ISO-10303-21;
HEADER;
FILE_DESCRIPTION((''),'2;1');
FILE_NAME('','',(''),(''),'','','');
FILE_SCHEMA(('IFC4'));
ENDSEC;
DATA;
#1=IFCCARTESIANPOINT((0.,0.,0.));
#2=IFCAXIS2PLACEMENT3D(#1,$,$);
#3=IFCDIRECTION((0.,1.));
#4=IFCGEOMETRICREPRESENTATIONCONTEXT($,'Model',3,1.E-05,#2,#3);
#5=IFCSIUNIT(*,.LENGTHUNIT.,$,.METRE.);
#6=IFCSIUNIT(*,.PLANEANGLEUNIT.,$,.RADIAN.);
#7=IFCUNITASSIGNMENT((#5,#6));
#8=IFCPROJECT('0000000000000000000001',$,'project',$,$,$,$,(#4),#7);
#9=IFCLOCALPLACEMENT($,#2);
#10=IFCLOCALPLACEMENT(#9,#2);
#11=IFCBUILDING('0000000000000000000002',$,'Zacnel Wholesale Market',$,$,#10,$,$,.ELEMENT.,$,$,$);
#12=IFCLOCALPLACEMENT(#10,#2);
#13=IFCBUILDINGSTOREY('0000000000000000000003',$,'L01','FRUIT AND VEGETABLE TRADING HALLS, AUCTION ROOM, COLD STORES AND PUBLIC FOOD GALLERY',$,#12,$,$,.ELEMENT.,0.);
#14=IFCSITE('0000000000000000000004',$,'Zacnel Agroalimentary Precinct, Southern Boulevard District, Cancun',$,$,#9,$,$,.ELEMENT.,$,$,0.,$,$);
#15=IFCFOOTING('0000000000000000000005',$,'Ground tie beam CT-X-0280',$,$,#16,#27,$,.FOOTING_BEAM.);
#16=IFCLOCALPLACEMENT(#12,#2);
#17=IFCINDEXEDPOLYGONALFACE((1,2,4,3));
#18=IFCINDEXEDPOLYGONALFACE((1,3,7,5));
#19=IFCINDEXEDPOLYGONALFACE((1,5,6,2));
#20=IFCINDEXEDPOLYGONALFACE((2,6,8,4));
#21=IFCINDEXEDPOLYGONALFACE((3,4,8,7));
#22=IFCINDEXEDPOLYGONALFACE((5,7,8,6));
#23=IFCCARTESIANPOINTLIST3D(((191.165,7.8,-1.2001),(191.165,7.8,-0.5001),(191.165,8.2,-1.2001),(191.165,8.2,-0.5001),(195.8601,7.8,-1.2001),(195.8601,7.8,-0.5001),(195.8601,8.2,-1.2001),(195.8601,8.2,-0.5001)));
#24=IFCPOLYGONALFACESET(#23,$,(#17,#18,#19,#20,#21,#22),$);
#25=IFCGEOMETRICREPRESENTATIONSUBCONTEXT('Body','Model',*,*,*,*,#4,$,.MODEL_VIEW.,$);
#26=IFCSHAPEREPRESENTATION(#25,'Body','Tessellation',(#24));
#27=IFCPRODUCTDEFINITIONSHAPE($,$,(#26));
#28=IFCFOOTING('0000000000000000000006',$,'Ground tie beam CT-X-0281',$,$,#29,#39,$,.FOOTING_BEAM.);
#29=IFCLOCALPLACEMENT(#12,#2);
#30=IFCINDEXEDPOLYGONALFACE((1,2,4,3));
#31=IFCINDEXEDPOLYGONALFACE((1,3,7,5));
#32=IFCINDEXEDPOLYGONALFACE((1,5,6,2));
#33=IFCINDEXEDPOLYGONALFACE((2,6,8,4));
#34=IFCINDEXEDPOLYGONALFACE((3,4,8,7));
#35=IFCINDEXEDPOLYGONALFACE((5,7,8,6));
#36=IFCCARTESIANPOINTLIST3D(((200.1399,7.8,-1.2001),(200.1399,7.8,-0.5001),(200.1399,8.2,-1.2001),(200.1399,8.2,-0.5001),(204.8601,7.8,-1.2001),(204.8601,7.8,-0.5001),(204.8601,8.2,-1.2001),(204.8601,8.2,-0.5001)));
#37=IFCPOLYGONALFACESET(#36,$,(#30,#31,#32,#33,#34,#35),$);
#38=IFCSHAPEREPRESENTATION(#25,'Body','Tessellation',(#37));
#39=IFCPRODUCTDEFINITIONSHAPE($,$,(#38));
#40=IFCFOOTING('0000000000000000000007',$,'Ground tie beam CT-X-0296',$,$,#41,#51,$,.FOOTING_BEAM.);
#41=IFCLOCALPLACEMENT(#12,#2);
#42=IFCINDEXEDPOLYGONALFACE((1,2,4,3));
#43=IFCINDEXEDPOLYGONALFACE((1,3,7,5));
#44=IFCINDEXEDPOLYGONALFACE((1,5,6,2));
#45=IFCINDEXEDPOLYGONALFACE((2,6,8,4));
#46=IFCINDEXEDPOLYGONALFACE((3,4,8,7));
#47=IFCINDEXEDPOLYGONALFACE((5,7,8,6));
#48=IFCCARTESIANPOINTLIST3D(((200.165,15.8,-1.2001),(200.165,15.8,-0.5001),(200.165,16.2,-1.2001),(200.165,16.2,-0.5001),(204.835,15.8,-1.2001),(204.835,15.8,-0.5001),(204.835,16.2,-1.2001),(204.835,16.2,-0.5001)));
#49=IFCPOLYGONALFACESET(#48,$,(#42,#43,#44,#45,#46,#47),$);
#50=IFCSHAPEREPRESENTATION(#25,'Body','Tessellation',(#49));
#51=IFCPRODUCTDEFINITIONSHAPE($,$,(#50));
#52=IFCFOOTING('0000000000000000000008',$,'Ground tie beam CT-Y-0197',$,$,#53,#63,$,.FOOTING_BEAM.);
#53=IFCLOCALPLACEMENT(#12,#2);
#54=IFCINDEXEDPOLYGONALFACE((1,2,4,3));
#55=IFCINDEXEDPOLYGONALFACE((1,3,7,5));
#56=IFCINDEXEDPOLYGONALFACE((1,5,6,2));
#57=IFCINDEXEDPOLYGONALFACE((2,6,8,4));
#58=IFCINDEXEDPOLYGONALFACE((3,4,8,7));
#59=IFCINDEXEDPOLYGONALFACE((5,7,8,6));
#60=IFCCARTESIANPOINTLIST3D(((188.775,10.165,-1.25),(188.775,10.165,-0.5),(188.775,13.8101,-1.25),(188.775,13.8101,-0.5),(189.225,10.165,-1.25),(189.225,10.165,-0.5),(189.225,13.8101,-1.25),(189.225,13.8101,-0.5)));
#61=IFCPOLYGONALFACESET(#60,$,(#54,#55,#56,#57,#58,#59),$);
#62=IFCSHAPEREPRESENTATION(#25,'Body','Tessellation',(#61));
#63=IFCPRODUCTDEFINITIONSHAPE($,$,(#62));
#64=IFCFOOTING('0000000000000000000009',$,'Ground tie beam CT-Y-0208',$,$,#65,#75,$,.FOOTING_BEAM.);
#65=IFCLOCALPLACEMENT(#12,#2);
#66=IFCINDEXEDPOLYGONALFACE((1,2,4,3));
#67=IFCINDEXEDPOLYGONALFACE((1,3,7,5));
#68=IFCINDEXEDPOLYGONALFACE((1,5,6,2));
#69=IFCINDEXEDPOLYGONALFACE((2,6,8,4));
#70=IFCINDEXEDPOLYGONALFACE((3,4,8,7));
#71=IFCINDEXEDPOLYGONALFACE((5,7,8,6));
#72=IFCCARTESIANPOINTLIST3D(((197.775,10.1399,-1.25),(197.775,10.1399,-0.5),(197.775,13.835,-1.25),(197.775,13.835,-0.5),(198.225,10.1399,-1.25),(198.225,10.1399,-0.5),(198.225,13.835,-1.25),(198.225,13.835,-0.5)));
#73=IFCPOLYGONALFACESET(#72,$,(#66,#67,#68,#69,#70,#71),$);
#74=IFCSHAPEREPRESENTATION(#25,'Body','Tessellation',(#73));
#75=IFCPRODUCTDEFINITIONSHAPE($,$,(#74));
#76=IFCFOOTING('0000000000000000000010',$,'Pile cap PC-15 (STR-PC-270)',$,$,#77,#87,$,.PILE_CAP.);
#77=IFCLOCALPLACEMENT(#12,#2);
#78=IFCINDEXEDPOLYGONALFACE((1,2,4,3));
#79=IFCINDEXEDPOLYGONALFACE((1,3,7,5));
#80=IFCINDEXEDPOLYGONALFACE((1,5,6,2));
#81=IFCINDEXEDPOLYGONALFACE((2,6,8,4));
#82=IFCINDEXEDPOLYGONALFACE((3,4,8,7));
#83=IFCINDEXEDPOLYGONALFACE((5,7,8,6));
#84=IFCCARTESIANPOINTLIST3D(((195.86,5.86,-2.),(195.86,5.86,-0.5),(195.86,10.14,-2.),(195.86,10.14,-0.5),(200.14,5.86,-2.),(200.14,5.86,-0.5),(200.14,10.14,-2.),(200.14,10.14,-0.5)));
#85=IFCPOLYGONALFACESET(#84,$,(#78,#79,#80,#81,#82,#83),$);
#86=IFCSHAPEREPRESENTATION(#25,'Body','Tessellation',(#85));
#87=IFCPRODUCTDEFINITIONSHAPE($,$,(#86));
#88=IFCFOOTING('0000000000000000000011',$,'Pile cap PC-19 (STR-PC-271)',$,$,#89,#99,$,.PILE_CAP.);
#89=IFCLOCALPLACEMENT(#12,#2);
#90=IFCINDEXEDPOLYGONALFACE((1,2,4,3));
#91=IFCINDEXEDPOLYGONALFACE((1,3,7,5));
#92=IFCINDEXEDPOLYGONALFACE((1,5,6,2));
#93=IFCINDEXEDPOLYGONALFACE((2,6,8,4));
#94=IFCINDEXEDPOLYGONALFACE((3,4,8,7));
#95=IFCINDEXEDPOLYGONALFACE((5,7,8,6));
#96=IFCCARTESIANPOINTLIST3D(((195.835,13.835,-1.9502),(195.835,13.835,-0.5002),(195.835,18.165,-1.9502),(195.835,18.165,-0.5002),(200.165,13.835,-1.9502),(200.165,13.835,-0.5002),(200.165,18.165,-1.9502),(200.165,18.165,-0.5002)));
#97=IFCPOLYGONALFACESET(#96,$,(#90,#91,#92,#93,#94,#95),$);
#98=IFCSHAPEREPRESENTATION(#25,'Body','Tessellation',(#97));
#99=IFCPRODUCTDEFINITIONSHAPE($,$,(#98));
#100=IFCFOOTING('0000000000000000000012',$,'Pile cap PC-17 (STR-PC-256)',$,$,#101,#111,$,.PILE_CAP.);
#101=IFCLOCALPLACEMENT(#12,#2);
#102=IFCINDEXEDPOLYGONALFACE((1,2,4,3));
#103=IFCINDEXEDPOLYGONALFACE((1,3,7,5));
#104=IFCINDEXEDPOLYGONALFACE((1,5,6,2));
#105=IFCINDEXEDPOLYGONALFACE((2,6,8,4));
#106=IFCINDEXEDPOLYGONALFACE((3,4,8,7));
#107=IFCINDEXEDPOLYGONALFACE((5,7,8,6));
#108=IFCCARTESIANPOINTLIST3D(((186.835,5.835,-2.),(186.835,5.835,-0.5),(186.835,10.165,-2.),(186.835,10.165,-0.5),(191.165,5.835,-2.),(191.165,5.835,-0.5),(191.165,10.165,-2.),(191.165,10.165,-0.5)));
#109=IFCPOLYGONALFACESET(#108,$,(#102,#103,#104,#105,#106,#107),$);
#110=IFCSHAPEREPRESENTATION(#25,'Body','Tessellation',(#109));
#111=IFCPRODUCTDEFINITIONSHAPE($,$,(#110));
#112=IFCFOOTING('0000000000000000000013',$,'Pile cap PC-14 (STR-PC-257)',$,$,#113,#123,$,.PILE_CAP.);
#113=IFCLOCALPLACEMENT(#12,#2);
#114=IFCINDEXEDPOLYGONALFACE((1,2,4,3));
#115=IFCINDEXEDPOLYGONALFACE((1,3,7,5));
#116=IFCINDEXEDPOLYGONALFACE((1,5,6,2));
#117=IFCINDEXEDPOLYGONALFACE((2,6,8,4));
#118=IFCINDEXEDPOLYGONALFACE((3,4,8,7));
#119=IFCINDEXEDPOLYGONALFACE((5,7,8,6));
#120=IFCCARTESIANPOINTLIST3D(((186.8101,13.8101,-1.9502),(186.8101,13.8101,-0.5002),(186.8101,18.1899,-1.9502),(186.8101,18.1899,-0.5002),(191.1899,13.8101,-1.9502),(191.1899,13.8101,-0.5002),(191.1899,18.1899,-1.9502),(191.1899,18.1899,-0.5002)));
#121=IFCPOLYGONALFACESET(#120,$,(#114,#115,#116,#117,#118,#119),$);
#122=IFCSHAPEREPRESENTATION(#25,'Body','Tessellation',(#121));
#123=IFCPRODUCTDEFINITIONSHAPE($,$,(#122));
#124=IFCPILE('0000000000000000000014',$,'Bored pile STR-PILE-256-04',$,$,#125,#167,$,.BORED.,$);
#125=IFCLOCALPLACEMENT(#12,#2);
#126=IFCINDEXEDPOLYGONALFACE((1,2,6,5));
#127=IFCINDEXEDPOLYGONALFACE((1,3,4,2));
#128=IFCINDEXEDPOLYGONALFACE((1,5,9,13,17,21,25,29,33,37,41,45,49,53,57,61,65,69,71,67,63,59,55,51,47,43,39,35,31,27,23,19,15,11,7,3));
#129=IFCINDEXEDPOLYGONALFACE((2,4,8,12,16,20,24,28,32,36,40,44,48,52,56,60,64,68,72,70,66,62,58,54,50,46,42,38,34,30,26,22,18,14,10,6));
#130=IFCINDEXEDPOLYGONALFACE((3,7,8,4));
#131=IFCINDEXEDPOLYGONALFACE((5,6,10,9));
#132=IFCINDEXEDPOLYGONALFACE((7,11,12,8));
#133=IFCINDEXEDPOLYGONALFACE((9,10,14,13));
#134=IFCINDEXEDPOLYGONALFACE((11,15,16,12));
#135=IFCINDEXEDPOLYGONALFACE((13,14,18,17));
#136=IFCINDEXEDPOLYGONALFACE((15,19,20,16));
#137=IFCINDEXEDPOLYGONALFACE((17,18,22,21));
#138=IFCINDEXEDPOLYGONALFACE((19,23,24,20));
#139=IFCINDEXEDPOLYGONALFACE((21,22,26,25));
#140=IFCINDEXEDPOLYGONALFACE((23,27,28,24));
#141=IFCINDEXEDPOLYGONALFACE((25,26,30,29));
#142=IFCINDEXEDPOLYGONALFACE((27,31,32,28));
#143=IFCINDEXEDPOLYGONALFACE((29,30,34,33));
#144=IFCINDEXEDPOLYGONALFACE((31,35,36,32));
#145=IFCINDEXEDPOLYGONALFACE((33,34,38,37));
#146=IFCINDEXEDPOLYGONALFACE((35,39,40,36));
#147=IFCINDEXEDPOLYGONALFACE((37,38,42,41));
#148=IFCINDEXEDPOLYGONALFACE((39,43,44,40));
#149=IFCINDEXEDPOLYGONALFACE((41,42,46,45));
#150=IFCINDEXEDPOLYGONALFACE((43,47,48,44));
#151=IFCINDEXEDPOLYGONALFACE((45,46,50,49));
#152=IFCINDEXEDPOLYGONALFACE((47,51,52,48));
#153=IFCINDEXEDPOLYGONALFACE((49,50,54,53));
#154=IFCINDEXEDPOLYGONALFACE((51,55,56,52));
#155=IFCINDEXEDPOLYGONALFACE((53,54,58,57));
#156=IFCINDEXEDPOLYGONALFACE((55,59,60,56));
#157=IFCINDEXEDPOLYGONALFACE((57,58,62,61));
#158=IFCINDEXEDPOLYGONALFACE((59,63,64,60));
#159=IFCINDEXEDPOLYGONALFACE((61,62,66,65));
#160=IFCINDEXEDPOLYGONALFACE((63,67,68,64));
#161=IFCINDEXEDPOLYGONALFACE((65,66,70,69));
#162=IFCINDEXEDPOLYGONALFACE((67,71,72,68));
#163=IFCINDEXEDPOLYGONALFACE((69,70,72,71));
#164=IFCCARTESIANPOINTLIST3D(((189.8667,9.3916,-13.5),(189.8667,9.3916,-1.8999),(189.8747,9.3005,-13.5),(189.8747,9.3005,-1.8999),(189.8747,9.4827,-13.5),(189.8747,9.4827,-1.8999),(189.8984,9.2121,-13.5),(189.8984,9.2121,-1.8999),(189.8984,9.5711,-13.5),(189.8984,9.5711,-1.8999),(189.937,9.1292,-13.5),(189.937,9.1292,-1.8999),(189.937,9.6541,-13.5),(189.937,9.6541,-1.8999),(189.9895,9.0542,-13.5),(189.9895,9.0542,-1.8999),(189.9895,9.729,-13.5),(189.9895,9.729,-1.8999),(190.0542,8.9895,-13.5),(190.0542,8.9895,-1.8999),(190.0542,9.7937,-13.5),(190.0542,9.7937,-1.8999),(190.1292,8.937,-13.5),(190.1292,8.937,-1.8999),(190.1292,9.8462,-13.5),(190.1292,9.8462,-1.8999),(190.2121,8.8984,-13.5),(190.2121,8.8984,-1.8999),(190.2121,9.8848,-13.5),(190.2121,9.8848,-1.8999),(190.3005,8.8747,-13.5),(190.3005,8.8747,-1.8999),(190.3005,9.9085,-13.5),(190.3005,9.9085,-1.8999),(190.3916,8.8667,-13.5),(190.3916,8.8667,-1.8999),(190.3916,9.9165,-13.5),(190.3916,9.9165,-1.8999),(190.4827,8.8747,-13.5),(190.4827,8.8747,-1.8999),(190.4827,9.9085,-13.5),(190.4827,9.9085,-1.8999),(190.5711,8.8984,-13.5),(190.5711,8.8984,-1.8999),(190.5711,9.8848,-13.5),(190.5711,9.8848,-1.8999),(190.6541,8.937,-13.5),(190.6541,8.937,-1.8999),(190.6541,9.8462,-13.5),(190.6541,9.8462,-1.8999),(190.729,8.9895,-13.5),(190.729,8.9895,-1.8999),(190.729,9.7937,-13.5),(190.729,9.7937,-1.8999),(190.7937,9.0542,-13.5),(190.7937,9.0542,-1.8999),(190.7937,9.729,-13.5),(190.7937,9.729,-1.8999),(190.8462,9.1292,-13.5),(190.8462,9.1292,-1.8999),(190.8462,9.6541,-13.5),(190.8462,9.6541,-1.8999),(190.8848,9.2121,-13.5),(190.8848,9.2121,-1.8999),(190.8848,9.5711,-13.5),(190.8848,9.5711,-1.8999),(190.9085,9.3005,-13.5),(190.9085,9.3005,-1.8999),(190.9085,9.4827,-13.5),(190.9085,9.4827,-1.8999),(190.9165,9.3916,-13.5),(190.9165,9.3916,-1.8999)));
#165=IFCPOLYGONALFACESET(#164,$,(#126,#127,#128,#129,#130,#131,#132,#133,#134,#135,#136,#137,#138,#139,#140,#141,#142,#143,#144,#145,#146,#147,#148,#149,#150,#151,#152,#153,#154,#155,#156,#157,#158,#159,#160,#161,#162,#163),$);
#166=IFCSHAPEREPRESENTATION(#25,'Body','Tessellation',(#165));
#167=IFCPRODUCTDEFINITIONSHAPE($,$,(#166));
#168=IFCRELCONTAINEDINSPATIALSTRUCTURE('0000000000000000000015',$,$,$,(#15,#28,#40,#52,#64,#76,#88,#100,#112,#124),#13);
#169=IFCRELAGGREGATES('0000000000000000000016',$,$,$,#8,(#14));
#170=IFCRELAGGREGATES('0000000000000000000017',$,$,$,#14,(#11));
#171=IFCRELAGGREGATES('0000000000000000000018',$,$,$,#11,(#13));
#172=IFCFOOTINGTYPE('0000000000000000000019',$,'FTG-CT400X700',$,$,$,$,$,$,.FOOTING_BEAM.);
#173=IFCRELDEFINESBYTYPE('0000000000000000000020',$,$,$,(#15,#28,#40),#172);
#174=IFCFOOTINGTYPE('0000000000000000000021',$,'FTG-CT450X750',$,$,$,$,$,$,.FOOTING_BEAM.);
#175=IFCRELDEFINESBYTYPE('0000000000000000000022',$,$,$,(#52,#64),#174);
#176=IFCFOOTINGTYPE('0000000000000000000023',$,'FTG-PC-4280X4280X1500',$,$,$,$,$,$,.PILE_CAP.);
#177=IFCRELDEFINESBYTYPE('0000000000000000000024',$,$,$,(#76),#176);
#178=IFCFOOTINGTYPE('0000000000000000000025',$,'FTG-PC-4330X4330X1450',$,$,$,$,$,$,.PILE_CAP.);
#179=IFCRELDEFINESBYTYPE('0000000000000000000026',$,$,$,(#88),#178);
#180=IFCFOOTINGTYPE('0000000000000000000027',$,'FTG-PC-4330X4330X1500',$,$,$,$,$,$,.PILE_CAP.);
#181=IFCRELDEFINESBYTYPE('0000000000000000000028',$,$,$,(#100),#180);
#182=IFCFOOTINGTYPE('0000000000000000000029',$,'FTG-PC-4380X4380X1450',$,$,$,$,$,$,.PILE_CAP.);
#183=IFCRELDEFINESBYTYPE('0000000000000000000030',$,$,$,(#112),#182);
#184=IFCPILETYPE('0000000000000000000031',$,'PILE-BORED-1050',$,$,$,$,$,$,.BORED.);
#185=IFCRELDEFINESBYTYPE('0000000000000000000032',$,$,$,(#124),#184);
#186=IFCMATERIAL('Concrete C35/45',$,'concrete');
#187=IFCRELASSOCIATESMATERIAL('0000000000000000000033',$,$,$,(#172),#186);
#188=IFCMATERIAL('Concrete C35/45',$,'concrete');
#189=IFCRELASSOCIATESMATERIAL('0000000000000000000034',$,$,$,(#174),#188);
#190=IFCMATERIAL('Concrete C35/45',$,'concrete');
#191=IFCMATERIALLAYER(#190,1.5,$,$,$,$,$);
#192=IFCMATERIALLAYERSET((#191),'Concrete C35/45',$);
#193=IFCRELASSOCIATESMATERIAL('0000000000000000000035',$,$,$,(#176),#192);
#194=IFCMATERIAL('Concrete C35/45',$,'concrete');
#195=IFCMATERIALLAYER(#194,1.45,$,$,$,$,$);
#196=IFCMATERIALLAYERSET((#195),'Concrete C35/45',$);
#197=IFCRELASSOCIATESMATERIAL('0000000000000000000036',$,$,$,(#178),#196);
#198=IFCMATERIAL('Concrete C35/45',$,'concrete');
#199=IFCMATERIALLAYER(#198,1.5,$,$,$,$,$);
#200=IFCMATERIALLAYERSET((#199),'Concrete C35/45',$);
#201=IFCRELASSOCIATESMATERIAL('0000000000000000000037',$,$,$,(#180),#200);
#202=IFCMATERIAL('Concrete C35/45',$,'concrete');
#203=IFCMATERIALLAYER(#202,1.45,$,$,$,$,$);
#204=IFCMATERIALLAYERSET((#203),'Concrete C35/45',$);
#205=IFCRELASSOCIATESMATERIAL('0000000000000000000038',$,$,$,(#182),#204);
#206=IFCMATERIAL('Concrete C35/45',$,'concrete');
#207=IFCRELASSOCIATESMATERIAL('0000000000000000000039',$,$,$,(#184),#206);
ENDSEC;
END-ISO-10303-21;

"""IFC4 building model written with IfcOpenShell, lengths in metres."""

from ifc_helpers import new_model, si_unit, direction, frame, origin, origin_2d, place, context, subcontext, project, spatial, rectangle, circle, extrude, material, layer, layer_set, material_profile, profile_set, type_object, element, save


model = new_model("IFC4")

# Units and contexts
model_context = context("Model", 3, precision=1e-05, world=origin(), true_north=direction((0.0, 1.0)))
body_context = subcontext(model_context, "Body", "Model", "MODEL_VIEW")
ifc_project = project(units=[si_unit("LENGTHUNIT", "METRE"), si_unit("PLANEANGLEUNIT", "RADIAN")], contexts=[model_context])

# Site, building, storey
site_placement = place(None, origin())
site = spatial("IfcSite", under=ifc_project, at=site_placement, Name="Zacnel Agroalimentary Precinct, Southern Boulevard District, Cancun", CompositionType="ELEMENT", RefElevation=0.0)
building_placement = place(site_placement, origin())
building = spatial("IfcBuilding", under=site, at=building_placement, Name="Zacnel Wholesale Market", CompositionType="ELEMENT")
storey_placement = place(building_placement, origin())
storey = spatial("IfcBuildingStorey", under=building, at=storey_placement, Name="L01", Description="FRUIT AND VEGETABLE TRADING HALLS, AUCTION ROOM, COLD STORES AND PUBLIC FOOD GALLERY", CompositionType="ELEMENT", Elevation=0.0)

# Footings
ifc_material_1 = material(Name="Concrete C35/45", Category="concrete")
ifc_material_profile_1 = material_profile(ifc_material_1, rectangle(XDim=0.3999, YDim=0.7, at=origin_2d()), Name="CT 400x700")
ifc_profile_set_1 = profile_set([ifc_material_profile_1], Name="Concrete C35/45")
footing_type_1 = type_object("IfcFootingType", Name="FTG-CT400X700", PredefinedType="FOOTING_BEAM", material=ifc_profile_set_1)
footing_1_placement = place(storey_placement, frame((191.165, 8.0, -0.8501), z_axis=(1.0, 0.0, 0.0), x_axis=(0.0, 1.0, 0.0)))
element("IfcFooting", 1, at=footing_1_placement, inside=storey, type_object=footing_type_1, Name="Ground tie beam CT-X-0280", PredefinedType="FOOTING_BEAM", context=body_context, shape_type="SweptSolid", body=[
    extrude(rectangle(XDim=0.3999, YDim=0.7, at=origin_2d()), origin(), (0.0, 0.0, 1.0), 4.6951),
])
footing_2_placement = place(storey_placement, frame((200.1399, 8.0, -0.8501), z_axis=(1.0, 0.0, 0.0), x_axis=(0.0, 1.0, 0.0)))
element("IfcFooting", 2, at=footing_2_placement, inside=storey, type_object=footing_type_1, Name="Ground tie beam CT-X-0281", PredefinedType="FOOTING_BEAM", context=body_context, shape_type="SweptSolid", body=[
    extrude(rectangle(XDim=0.3999, YDim=0.7, at=origin_2d()), origin(), (0.0, 0.0, 1.0), 4.7202),
])
footing_3_placement = place(storey_placement, frame((200.165, 16.0, -0.8501), z_axis=(1.0, 0.0, 0.0), x_axis=(0.0, 1.0, 0.0)))
element("IfcFooting", 3, at=footing_3_placement, inside=storey, type_object=footing_type_1, Name="Ground tie beam CT-X-0296", PredefinedType="FOOTING_BEAM", context=body_context, shape_type="SweptSolid", body=[
    extrude(rectangle(XDim=0.3999, YDim=0.7, at=origin_2d()), origin(), (0.0, 0.0, 1.0), 4.6699),
])
ifc_material_2 = material(Name="Concrete C35/45", Category="concrete")
ifc_material_profile_2 = material_profile(ifc_material_2, rectangle(XDim=0.45, YDim=0.75, at=origin_2d()), Name="CT 450x750")
ifc_profile_set_2 = profile_set([ifc_material_profile_2], Name="Concrete C35/45")
footing_type_2 = type_object("IfcFootingType", Name="FTG-CT450X750", PredefinedType="FOOTING_BEAM", material=ifc_profile_set_2)
footing_4_placement = place(storey_placement, frame((189.0, 10.165, -0.875), z_axis=(0.0, 1.0, 0.0), x_axis=(-1.0, 0.0, 0.0)))
element("IfcFooting", 4, at=footing_4_placement, inside=storey, type_object=footing_type_2, Name="Ground tie beam CT-Y-0197", PredefinedType="FOOTING_BEAM", context=body_context, shape_type="SweptSolid", body=[
    extrude(rectangle(XDim=0.45, YDim=0.75, at=origin_2d()), origin(), (0.0, 0.0, 1.0), 3.645),
])
footing_5_placement = place(storey_placement, frame((198.0, 10.1399, -0.875), z_axis=(0.0, 1.0, 0.0), x_axis=(-1.0, 0.0, 0.0)))
element("IfcFooting", 5, at=footing_5_placement, inside=storey, type_object=footing_type_2, Name="Ground tie beam CT-Y-0208", PredefinedType="FOOTING_BEAM", context=body_context, shape_type="SweptSolid", body=[
    extrude(rectangle(XDim=0.45, YDim=0.75, at=origin_2d()), origin(), (0.0, 0.0, 1.0), 3.6951),
])
ifc_material_3 = material(Name="Concrete C35/45", Category="concrete")
ifc_layer_1 = layer(ifc_material_3, 1.5)
ifc_layer_set_1 = layer_set([ifc_layer_1], Name="Concrete C35/45")
footing_type_3 = type_object("IfcFootingType", Name="FTG-PC-4280X4280X1500", PredefinedType="PILE_CAP", material=ifc_layer_set_1)
footing_6_placement = place(storey_placement, frame((198.0, 8.0, -2.0), z_axis=(0.0, 0.0, 1.0), x_axis=(1.0, 0.0, 0.0)))
element("IfcFooting", 6, at=footing_6_placement, inside=storey, type_object=footing_type_3, Name="Pile cap PC-15 (STR-PC-270)", PredefinedType="PILE_CAP", context=body_context, shape_type="SweptSolid", body=[
    extrude(rectangle(XDim=4.28, YDim=4.28, at=origin_2d()), origin(), (0.0, 0.0, 1.0), 1.5),
])
ifc_material_4 = material(Name="Concrete C35/45", Category="concrete")
ifc_layer_2 = layer(ifc_material_4, 1.45)
ifc_layer_set_2 = layer_set([ifc_layer_2], Name="Concrete C35/45")
footing_type_4 = type_object("IfcFootingType", Name="FTG-PC-4330X4330X1450", PredefinedType="PILE_CAP", material=ifc_layer_set_2)
footing_7_placement = place(storey_placement, frame((198.0, 16.0, -1.9502), z_axis=(0.0, 0.0, 1.0), x_axis=(1.0, 0.0, 0.0)))
element("IfcFooting", 7, at=footing_7_placement, inside=storey, type_object=footing_type_4, Name="Pile cap PC-19 (STR-PC-271)", PredefinedType="PILE_CAP", context=body_context, shape_type="SweptSolid", body=[
    extrude(rectangle(XDim=4.3301, YDim=4.3301, at=origin_2d()), origin(), (0.0, 0.0, 1.0), 1.45),
])
ifc_material_5 = material(Name="Concrete C35/45", Category="concrete")
ifc_layer_3 = layer(ifc_material_5, 1.5)
ifc_layer_set_3 = layer_set([ifc_layer_3], Name="Concrete C35/45")
footing_type_5 = type_object("IfcFootingType", Name="FTG-PC-4330X4330X1500", PredefinedType="PILE_CAP", material=ifc_layer_set_3)
footing_8_placement = place(storey_placement, frame((189.0, 8.0, -2.0), z_axis=(0.0, 0.0, 1.0), x_axis=(1.0, 0.0, 0.0)))
element("IfcFooting", 8, at=footing_8_placement, inside=storey, type_object=footing_type_5, Name="Pile cap PC-17 (STR-PC-256)", PredefinedType="PILE_CAP", context=body_context, shape_type="SweptSolid", body=[
    extrude(rectangle(XDim=4.3301, YDim=4.3301, at=origin_2d()), origin(), (0.0, 0.0, 1.0), 1.5),
])
ifc_material_6 = material(Name="Concrete C35/45", Category="concrete")
ifc_layer_4 = layer(ifc_material_6, 1.45)
ifc_layer_set_4 = layer_set([ifc_layer_4], Name="Concrete C35/45")
footing_type_6 = type_object("IfcFootingType", Name="FTG-PC-4380X4380X1450", PredefinedType="PILE_CAP", material=ifc_layer_set_4)
footing_9_placement = place(storey_placement, frame((189.0, 16.0, -1.9502), z_axis=(0.0, 0.0, 1.0), x_axis=(1.0, 0.0, 0.0)))
element("IfcFooting", 9, at=footing_9_placement, inside=storey, type_object=footing_type_6, Name="Pile cap PC-14 (STR-PC-257)", PredefinedType="PILE_CAP", context=body_context, shape_type="SweptSolid", body=[
    extrude(rectangle(XDim=4.3799, YDim=4.3799, at=origin_2d()), origin(), (0.0, 0.0, 1.0), 1.45),
])

# Pile
ifc_material_7 = material(Name="Concrete C35/45", Category="concrete")
ifc_material_profile_3 = material_profile(ifc_material_7, circle(Radius=0.5249, at=origin_2d()), Name="BORED PILE D1050")
ifc_profile_set_3 = profile_set([ifc_material_profile_3], Name="Concrete C35/45")
pile_type = type_object("IfcPileType", Name="PILE-BORED-1050", PredefinedType="BORED", material=ifc_profile_set_3)
pile_1_placement = place(storey_placement, frame((190.3916, 9.3916, -1.8999), z_axis=(0.0, 0.0, -1.0), x_axis=(1.0, 0.0, 0.0)))
element("IfcPile", 10, at=pile_1_placement, inside=storey, type_object=pile_type, Name="Bored pile STR-PILE-256-04", PredefinedType="BORED", context=body_context, shape_type="SweptSolid", body=[
    extrude(circle(Radius=0.5249, at=origin_2d()), origin(), (0.0, 0.0, 1.0), 11.6001),
])

save(model, "model.ifc")
